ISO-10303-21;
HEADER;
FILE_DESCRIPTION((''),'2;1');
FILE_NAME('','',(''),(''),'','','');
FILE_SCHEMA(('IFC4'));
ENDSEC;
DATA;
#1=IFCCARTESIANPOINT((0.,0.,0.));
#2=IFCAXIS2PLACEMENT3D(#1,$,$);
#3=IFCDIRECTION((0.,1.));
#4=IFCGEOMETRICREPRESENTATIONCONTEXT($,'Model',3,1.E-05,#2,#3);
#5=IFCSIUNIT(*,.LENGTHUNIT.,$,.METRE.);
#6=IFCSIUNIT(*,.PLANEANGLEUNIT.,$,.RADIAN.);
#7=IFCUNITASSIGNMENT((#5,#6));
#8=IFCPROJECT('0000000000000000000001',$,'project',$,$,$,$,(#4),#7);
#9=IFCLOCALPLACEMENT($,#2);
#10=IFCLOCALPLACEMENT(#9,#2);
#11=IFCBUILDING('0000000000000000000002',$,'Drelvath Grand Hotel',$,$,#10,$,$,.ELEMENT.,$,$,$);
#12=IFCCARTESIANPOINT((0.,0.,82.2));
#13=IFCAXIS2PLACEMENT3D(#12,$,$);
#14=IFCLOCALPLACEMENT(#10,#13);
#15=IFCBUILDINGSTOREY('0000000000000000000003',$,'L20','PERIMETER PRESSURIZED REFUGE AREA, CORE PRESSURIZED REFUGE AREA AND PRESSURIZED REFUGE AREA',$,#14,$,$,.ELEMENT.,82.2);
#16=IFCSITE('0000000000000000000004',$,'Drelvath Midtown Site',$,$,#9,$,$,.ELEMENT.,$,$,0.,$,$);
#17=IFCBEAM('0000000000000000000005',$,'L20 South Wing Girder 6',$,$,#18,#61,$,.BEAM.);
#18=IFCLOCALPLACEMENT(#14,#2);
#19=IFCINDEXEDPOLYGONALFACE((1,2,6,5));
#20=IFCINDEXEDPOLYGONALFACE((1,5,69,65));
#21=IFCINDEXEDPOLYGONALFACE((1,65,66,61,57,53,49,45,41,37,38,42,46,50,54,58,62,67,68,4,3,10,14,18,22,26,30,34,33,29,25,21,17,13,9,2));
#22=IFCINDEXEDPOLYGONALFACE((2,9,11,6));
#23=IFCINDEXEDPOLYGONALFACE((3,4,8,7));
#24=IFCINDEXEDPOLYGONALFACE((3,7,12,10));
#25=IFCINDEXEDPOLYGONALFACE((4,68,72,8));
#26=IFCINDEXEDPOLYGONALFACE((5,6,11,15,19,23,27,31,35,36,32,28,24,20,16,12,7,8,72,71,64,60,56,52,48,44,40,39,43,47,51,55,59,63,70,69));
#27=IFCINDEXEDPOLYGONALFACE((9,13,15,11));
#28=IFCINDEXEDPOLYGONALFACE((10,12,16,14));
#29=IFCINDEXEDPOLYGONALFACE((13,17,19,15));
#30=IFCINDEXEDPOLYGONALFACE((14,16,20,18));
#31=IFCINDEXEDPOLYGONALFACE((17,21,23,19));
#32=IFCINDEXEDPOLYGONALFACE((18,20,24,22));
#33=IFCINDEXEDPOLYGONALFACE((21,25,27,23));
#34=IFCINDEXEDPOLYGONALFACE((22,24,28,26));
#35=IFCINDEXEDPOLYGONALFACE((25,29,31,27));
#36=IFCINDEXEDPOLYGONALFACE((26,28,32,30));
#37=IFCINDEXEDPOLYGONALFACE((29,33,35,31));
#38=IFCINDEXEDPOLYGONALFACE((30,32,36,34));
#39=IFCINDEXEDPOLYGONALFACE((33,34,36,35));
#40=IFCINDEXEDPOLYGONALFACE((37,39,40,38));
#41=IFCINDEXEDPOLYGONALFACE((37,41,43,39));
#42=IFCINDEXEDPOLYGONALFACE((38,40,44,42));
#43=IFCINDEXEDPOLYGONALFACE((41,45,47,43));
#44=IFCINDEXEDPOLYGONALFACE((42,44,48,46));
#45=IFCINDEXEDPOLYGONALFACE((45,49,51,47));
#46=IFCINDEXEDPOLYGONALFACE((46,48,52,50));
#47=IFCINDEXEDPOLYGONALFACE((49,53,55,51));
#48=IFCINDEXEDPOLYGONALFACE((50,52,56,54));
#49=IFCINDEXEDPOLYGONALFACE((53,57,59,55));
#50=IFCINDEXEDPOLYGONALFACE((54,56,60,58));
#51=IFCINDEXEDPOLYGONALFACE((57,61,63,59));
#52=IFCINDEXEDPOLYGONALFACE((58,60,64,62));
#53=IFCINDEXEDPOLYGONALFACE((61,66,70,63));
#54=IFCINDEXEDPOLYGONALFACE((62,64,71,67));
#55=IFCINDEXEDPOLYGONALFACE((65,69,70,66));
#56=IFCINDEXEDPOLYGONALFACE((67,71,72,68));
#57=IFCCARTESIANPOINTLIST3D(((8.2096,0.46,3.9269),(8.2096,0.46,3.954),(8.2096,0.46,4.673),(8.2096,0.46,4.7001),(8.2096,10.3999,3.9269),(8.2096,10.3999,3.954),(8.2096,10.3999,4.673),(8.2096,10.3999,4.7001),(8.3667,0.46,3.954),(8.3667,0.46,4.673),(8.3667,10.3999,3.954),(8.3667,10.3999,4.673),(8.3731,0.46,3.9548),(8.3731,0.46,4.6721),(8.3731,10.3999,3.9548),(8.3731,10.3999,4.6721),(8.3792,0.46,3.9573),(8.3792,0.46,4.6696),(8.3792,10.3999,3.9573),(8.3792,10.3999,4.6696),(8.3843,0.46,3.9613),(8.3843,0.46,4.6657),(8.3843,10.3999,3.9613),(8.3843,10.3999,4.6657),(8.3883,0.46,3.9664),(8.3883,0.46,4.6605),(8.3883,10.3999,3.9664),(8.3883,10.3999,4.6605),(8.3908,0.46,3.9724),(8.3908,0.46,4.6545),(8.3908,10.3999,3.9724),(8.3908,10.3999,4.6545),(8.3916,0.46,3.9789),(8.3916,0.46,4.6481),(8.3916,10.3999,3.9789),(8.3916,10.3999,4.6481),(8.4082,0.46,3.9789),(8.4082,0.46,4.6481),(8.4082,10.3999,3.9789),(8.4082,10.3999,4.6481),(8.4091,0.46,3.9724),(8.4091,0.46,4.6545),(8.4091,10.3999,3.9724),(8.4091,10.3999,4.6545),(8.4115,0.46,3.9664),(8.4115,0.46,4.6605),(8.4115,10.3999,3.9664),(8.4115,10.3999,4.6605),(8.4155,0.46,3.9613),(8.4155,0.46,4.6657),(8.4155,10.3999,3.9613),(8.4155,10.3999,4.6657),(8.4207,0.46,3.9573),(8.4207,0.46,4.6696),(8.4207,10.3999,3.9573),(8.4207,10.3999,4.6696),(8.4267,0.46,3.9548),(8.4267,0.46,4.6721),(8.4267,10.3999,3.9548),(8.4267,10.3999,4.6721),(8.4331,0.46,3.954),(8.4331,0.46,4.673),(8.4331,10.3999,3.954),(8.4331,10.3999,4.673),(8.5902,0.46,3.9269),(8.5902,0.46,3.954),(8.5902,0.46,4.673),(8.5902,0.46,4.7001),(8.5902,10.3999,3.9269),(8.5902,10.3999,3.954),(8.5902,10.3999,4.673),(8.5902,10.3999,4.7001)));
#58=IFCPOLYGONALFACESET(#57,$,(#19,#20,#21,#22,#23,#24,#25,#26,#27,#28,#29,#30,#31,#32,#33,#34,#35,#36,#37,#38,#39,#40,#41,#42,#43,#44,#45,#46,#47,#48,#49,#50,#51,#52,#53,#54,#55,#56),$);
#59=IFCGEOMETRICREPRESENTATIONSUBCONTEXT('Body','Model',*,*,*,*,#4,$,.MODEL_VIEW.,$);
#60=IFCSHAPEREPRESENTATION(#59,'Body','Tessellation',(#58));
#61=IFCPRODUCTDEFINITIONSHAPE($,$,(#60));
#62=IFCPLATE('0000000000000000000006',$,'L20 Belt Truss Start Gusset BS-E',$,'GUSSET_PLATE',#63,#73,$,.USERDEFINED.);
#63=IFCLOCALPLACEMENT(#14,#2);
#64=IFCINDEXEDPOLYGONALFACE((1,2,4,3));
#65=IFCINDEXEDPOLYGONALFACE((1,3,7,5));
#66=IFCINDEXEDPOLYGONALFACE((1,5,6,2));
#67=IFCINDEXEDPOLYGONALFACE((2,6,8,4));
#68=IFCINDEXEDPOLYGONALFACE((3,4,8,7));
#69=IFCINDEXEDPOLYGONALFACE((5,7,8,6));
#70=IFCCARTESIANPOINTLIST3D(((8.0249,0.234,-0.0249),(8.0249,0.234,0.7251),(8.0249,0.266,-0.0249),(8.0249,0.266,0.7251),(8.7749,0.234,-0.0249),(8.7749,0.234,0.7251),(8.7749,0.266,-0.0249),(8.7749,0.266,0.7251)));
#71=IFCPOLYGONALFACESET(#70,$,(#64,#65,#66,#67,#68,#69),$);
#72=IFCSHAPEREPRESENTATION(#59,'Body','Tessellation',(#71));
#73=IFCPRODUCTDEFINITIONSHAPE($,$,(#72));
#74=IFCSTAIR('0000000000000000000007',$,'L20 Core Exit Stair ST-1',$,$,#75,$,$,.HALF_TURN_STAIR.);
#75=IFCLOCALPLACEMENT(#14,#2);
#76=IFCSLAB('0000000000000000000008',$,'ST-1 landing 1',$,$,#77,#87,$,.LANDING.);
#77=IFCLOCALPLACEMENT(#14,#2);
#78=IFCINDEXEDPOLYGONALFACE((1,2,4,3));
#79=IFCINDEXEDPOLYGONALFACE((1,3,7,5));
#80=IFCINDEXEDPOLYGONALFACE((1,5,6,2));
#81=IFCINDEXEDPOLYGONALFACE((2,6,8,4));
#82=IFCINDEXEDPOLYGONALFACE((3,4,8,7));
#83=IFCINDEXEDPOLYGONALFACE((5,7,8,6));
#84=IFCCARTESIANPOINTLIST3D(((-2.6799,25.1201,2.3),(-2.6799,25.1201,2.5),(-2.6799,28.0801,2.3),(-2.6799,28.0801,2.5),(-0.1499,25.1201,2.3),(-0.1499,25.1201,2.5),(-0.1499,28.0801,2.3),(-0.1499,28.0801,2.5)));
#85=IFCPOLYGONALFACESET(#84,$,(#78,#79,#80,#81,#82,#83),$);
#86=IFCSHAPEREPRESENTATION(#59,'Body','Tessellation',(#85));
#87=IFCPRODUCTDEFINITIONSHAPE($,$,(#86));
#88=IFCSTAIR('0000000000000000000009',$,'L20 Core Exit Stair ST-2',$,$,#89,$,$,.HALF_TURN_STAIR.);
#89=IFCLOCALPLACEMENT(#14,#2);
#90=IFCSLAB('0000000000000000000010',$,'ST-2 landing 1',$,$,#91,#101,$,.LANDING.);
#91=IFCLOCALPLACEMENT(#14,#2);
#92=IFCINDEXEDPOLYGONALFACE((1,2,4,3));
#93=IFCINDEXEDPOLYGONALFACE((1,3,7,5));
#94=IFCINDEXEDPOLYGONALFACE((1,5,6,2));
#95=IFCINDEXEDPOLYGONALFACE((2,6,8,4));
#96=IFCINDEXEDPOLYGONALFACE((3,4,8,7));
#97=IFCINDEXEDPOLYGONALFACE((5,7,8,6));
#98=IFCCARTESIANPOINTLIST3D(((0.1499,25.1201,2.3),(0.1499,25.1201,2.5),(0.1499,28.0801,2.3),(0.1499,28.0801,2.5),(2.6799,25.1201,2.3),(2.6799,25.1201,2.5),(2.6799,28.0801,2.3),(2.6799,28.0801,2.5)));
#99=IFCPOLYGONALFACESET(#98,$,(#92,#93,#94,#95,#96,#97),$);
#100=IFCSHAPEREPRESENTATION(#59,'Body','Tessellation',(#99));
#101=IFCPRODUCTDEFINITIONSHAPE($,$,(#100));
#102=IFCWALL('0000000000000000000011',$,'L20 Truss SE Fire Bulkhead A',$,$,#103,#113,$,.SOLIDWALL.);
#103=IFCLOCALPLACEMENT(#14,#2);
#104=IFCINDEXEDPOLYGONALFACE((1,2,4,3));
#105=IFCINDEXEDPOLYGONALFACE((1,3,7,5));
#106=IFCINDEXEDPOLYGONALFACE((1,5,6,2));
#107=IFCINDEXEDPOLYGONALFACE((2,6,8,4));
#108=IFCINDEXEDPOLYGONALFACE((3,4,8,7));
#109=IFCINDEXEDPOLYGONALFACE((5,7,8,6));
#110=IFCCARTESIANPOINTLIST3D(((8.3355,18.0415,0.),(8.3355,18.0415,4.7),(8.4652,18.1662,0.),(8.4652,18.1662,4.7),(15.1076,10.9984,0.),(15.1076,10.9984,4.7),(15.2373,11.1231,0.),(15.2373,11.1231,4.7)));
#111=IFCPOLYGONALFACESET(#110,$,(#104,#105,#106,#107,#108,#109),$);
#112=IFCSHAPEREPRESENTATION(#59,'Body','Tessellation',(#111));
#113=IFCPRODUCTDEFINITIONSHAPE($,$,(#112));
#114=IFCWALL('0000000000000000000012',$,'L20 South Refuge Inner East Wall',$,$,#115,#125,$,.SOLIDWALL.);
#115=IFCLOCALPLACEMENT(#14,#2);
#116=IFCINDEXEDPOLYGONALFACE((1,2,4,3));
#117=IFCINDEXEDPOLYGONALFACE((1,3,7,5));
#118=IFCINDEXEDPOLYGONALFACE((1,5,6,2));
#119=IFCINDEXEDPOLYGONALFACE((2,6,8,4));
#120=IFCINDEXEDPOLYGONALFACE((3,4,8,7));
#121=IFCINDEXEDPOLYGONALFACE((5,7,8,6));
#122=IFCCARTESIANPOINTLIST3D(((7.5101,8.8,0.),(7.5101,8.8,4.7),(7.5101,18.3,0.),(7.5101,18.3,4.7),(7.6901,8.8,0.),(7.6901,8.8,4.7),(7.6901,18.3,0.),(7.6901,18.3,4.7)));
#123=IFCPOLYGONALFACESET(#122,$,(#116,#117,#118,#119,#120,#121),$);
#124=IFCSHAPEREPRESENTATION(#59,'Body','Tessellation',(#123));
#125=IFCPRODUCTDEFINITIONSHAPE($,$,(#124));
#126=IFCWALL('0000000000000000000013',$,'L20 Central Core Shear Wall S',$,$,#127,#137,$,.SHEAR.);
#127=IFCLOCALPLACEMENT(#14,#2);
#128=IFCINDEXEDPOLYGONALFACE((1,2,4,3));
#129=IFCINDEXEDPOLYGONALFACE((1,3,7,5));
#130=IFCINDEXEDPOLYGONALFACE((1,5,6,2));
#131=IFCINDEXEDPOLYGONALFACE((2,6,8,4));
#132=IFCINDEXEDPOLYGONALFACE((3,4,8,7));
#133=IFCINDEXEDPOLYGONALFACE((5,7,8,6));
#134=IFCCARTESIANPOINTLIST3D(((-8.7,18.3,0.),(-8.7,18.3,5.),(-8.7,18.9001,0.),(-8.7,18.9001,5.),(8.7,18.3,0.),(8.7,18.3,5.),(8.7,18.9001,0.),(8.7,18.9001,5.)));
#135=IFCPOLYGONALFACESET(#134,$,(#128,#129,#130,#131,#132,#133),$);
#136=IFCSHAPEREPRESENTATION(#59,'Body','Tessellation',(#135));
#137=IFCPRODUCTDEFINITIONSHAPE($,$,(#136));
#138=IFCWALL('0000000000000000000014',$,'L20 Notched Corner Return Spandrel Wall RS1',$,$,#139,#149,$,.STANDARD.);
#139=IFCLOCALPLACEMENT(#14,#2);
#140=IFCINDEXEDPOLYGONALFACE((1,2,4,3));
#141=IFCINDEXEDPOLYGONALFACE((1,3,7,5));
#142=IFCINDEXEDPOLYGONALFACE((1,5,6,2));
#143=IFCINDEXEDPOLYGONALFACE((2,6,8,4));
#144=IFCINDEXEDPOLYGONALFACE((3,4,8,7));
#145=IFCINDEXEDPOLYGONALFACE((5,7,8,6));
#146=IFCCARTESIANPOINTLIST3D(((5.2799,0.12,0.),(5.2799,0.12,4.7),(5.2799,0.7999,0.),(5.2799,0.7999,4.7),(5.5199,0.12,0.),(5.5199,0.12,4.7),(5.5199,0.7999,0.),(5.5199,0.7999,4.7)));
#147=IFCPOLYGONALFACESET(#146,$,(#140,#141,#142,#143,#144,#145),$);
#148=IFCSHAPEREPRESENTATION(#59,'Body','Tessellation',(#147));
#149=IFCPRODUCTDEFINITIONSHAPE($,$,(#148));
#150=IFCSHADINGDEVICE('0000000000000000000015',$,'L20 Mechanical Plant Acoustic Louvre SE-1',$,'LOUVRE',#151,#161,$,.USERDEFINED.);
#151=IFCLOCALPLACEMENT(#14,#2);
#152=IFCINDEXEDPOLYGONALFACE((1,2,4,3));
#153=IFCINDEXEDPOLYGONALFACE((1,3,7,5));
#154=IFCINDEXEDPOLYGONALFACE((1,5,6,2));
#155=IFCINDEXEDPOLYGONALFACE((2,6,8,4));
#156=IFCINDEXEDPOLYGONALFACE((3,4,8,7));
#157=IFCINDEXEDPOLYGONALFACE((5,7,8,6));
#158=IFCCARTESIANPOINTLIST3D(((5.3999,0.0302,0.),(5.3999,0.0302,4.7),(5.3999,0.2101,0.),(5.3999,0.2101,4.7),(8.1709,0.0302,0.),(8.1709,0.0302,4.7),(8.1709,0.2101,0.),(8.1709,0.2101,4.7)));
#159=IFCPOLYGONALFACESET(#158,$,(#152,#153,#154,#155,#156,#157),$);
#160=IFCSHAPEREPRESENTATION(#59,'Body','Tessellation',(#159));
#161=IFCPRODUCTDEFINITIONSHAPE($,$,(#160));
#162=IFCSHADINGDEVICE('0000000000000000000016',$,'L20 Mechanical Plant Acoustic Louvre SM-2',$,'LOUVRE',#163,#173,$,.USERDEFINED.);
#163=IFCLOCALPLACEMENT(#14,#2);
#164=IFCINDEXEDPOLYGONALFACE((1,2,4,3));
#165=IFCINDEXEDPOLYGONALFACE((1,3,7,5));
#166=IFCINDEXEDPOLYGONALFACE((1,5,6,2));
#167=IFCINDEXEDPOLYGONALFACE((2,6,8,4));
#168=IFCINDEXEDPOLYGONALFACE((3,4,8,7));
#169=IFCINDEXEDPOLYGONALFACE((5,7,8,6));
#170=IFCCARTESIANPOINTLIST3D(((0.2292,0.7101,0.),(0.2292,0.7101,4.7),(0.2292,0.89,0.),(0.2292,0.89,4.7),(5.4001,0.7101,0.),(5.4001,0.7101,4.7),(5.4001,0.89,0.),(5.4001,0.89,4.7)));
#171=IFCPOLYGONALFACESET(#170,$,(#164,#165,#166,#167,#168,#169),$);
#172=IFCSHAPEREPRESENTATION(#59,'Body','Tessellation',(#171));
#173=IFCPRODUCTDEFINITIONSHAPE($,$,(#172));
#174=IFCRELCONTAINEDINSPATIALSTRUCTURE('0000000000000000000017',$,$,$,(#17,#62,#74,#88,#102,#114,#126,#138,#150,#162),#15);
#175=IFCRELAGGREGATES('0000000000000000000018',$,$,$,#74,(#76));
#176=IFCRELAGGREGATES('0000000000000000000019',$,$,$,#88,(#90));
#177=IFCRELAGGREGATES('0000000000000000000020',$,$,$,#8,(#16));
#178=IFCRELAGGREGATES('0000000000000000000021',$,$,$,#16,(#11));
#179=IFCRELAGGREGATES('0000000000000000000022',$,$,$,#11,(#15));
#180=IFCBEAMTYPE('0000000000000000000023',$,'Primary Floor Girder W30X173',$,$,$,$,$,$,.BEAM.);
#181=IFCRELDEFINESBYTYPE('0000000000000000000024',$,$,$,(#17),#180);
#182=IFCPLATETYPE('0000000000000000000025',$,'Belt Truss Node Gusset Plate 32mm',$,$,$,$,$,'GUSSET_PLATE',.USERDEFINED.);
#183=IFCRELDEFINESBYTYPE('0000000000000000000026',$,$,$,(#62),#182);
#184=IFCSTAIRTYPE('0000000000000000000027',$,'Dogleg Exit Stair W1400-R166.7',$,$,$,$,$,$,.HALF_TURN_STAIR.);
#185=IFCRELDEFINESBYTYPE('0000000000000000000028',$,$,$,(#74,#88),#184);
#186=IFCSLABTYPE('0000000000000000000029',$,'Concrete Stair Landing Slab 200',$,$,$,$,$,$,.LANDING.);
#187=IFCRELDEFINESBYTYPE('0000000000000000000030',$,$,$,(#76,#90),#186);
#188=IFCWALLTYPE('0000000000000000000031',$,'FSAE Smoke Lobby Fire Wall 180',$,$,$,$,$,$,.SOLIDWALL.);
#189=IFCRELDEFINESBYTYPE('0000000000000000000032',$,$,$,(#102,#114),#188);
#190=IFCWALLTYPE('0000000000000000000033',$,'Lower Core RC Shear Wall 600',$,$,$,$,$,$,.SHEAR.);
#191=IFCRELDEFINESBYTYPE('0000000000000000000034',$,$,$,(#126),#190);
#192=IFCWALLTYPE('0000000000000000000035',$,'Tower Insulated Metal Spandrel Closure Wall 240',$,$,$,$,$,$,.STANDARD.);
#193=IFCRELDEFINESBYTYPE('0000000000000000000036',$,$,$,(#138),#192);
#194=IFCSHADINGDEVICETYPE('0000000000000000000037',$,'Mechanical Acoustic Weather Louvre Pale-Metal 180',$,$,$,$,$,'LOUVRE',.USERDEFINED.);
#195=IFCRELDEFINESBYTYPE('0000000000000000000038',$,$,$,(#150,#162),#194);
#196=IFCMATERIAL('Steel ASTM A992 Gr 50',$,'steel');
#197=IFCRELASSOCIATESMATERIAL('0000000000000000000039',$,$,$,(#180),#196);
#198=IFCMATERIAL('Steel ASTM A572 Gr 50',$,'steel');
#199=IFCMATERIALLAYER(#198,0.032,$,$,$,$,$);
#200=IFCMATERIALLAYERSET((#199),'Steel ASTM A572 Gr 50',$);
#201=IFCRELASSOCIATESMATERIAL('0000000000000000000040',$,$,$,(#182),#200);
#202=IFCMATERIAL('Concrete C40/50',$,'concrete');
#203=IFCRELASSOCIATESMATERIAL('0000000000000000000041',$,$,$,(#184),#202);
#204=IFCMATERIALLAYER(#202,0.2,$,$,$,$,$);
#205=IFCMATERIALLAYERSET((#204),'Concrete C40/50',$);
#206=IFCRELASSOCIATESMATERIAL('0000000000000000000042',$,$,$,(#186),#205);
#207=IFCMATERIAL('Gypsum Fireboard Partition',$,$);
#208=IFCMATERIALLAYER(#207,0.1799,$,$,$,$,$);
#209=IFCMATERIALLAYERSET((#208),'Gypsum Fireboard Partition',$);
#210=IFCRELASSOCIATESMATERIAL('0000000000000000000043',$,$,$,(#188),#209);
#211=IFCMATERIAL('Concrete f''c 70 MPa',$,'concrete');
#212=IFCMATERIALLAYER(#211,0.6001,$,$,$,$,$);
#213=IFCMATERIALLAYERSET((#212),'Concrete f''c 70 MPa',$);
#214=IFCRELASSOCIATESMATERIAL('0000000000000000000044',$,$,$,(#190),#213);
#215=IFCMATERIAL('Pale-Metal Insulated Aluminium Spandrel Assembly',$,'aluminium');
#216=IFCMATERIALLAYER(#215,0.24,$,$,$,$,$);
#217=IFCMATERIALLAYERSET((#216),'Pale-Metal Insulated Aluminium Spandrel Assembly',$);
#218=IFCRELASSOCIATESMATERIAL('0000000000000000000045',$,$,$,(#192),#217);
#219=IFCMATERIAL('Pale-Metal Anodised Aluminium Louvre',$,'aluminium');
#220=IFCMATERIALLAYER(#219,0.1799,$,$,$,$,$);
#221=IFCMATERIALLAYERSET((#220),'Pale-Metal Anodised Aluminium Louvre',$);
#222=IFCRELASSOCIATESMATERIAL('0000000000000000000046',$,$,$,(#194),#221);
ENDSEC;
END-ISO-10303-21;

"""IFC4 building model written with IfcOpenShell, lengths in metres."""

from ifc_helpers import new_model, si_unit, direction, frame, frame_2d, origin, origin_2d, place, context, subcontext, project, spatial, polyline, rectangle, i_section, outline, extrude, material, layer, layer_set, material_profile, profile_set, type_object, element, aggregate, save


model = new_model("IFC4")

# Units and contexts
model_context = context("Model", 3, precision=1e-05, world=origin(), true_north=direction((0.0, 1.0)))
body_context = subcontext(model_context, "Body", "Model", "MODEL_VIEW")
ifc_project = project(units=[si_unit("LENGTHUNIT", "METRE"), si_unit("PLANEANGLEUNIT", "RADIAN")], contexts=[model_context])

# Site, building, storey
site_placement = place(None, origin())
site = spatial("IfcSite", under=ifc_project, at=site_placement, Name="Drelvath Midtown Site", CompositionType="ELEMENT", RefElevation=0.0)
building_placement = place(site_placement, origin())
building = spatial("IfcBuilding", under=site, at=building_placement, Name="Drelvath Grand Hotel", CompositionType="ELEMENT")
storey_placement = place(building_placement, frame((0.0, 0.0, 82.2)))
storey = spatial("IfcBuildingStorey", under=building, at=storey_placement, Name="L20", Description="PERIMETER PRESSURIZED REFUGE AREA, CORE PRESSURIZED REFUGE AREA AND PRESSURIZED REFUGE AREA", CompositionType="ELEMENT", Elevation=82.2)

# Beam
ifc_material_1 = material(Name="Steel ASTM A992 Gr 50", Category="steel")
ifc_material_profile_1 = material_profile(ifc_material_1, i_section(OverallWidth=0.3806, OverallDepth=0.7732, WebThickness=0.0166, FlangeThickness=0.0271, FilletRadius=0.0249, at=origin_2d()), Name="W30X173")
ifc_profile_set_1 = profile_set([ifc_material_profile_1], Name="Steel ASTM A992 Gr 50")
beam_type_1 = type_object("IfcBeamType", Name="Primary Floor Girder W30X173", PredefinedType="BEAM", material=ifc_profile_set_1)
beam_1_placement = place(storey_placement, frame((8.3999, 0.46, 4.3135), z_axis=(0.0, 1.0, 0.0), x_axis=(-1.0, 0.0, 0.0)))
element("IfcBeam", 1, at=beam_1_placement, inside=storey, type_object=beam_type_1, Name="L20 South Wing Girder 6", PredefinedType="BEAM", context=body_context, shape_type="SweptSolid", body=[
    extrude(i_section(OverallWidth=0.3806, OverallDepth=0.7732, WebThickness=0.0166, FlangeThickness=0.0271, FilletRadius=0.0249, at=origin_2d()), origin(), (0.0, 0.0, 1.0), 9.9399),
])

# Plate
ifc_material_2 = material(Name="Steel ASTM A572 Gr 50", Category="steel")
ifc_layer_1 = layer(ifc_material_2, 0.032)
ifc_layer_set_1 = layer_set([ifc_layer_1], Name="Steel ASTM A572 Gr 50")
plate_type = type_object("IfcPlateType", Name="Belt Truss Node Gusset Plate 32mm", ElementType="GUSSET_PLATE", PredefinedType="USERDEFINED", material=ifc_layer_set_1)
plate_placement = place(storey_placement, frame((8.3999, 0.25, -0.0249), z_axis=(0.0, 0.0, 1.0), x_axis=(1.0, 0.0, 0.0)))
element("IfcPlate", 2, at=plate_placement, inside=storey, type_object=plate_type, Name="L20 Belt Truss Start Gusset BS-E", ObjectType="GUSSET_PLATE", PredefinedType="USERDEFINED", context=body_context, shape_type="SweptSolid", body=[
    extrude(rectangle(XDim=0.75, YDim=0.032, at=origin_2d()), origin(), (0.0, 0.0, 1.0), 0.75),
])

# Stairs, slabs
ifc_material_3 = material(Name="Concrete C40/50", Category="concrete")
stair_type = type_object("IfcStairType", Name="Dogleg Exit Stair W1400-R166.7", PredefinedType="HALF_TURN_STAIR", material=ifc_material_3)
stair_1_placement = place(storey_placement, origin())
stair_1 = element("IfcStair", 3, at=stair_1_placement, inside=storey, type_object=stair_type, Name="L20 Core Exit Stair ST-1", PredefinedType="HALF_TURN_STAIR")
ifc_layer_2 = layer(ifc_material_3, 0.2)
ifc_layer_set_2 = layer_set([ifc_layer_2], Name="Concrete C40/50")
slab_type = type_object("IfcSlabType", Name="Concrete Stair Landing Slab 200", PredefinedType="LANDING", material=ifc_layer_set_2)
slab_1_placement = place(storey_placement, frame((0.0, 0.0, 2.3)))
slab_1 = element("IfcSlab", 4, at=slab_1_placement, type_object=slab_type, Name="ST-1 landing 1", PredefinedType="LANDING", context=body_context, shape_type="SweptSolid", body=[
    extrude(outline(polyline([(-2.6799, 25.1201), (-0.1499, 25.1201), (-0.1499, 28.0801), (-2.6799, 28.0801), (-2.6799, 25.1201)])), origin(), (0.0, 0.0, 1.0), 0.2),
])
aggregate(stair_1, [slab_1])
stair_2_placement = place(storey_placement, origin())
stair_2 = element("IfcStair", 5, at=stair_2_placement, inside=storey, type_object=stair_type, Name="L20 Core Exit Stair ST-2", PredefinedType="HALF_TURN_STAIR")
slab_2_placement = place(storey_placement, frame((0.0, 0.0, 2.3)))
slab_2 = element("IfcSlab", 6, at=slab_2_placement, type_object=slab_type, Name="ST-2 landing 1", PredefinedType="LANDING", context=body_context, shape_type="SweptSolid", body=[
    extrude(outline(polyline([(2.6799, 28.0801), (0.1499, 28.0801), (0.1499, 25.1201), (2.6799, 25.1201), (2.6799, 28.0801)])), origin(), (0.0, 0.0, 1.0), 0.2),
])
aggregate(stair_2, [slab_2])

# Walls
ifc_material_4 = material(Name="Gypsum Fireboard Partition")
ifc_layer_3 = layer(ifc_material_4, 0.1799)
ifc_layer_set_3 = layer_set([ifc_layer_3], Name="Gypsum Fireboard Partition")
wall_type_1 = type_object("IfcWallType", Name="FSAE Smoke Lobby Fire Wall 180", PredefinedType="SOLIDWALL", material=ifc_layer_set_3)
wall_1_placement = place(storey_placement, frame((8.4004, 18.1038, 0.0), z_axis=(0.0, 0.0, 1.0), x_axis=(0.693103, -0.720838, 0.0)))
element("IfcWall", 7, at=wall_1_placement, inside=storey, type_object=wall_type_1, Name="L20 Truss SE Fire Bulkhead A", PredefinedType="SOLIDWALL", context=body_context, shape_type="SweptSolid", body=[
    extrude(rectangle(XDim=9.7708, YDim=0.1799, at=frame_2d((4.8853, 0.0))), origin(), (0.0, 0.0, 1.0), 4.7),
])
wall_2_placement = place(storey_placement, frame((7.6001, 8.8, 0.0), z_axis=(0.0, 0.0, 1.0), x_axis=(0.0, 1.0, 0.0)))
element("IfcWall", 8, at=wall_2_placement, inside=storey, type_object=wall_type_1, Name="L20 South Refuge Inner East Wall", PredefinedType="SOLIDWALL", context=body_context, shape_type="SweptSolid", body=[
    extrude(rectangle(XDim=9.5, YDim=0.1799, at=frame_2d((4.75, 0.0))), origin(), (0.0, 0.0, 1.0), 4.7),
])
ifc_material_5 = material(Name="Concrete f'c 70 MPa", Category="concrete")
ifc_layer_4 = layer(ifc_material_5, 0.6001)
ifc_layer_set_4 = layer_set([ifc_layer_4], Name="Concrete f'c 70 MPa")
wall_type_2 = type_object("IfcWallType", Name="Lower Core RC Shear Wall 600", PredefinedType="SHEAR", material=ifc_layer_set_4)
wall_3_placement = place(storey_placement, frame((8.7, 18.6001, 0.0), z_axis=(0.0, 0.0, 1.0), x_axis=(-1.0, 0.0, 0.0)))
element("IfcWall", 9, at=wall_3_placement, inside=storey, type_object=wall_type_2, Name="L20 Central Core Shear Wall S", PredefinedType="SHEAR", context=body_context, shape_type="SweptSolid", body=[
    extrude(rectangle(XDim=17.3999, YDim=0.6001, at=frame_2d((8.7, 0.0))), origin(), (0.0, 0.0, 1.0), 5.0),
])
ifc_material_6 = material(Name="Pale-Metal Insulated Aluminium Spandrel Assembly", Category="aluminium")
ifc_layer_5 = layer(ifc_material_6, 0.24)
ifc_layer_set_5 = layer_set([ifc_layer_5], Name="Pale-Metal Insulated Aluminium Spandrel Assembly")
wall_type_3 = type_object("IfcWallType", Name="Tower Insulated Metal Spandrel Closure Wall 240", PredefinedType="STANDARD", material=ifc_layer_set_5)
wall_4_placement = place(storey_placement, frame((5.3999, 0.1201, 0.0), z_axis=(0.0, 0.0, 1.0), x_axis=(0.0, 1.0, 0.0)))
element("IfcWall", 10, at=wall_4_placement, inside=storey, type_object=wall_type_3, Name="L20 Notched Corner Return Spandrel Wall RS1", PredefinedType="STANDARD", context=body_context, shape_type="SweptSolid", body=[
    extrude(rectangle(XDim=0.6799, YDim=0.24, at=frame_2d((0.3398, 0.0))), origin(), (0.0, 0.0, 1.0), 4.7),
])

# Shading devices
ifc_material_7 = material(Name="Pale-Metal Anodised Aluminium Louvre", Category="aluminium")
ifc_layer_6 = layer(ifc_material_7, 0.1799)
ifc_layer_set_6 = layer_set([ifc_layer_6], Name="Pale-Metal Anodised Aluminium Louvre")
shading_device_type = type_object("IfcShadingDeviceType", Name="Mechanical Acoustic Weather Louvre Pale-Metal 180", ElementType="LOUVRE", PredefinedType="USERDEFINED", material=ifc_layer_set_6)
shading_device_1_placement = place(storey_placement, frame((6.7854, 0.1201, 0.0), z_axis=(0.0, 0.0, 1.0), x_axis=(1.0, 0.0, 0.0)))
element("IfcShadingDevice", 11, at=shading_device_1_placement, inside=storey, type_object=shading_device_type, Name="L20 Mechanical Plant Acoustic Louvre SE-1", ObjectType="LOUVRE", PredefinedType="USERDEFINED", context=body_context, shape_type="SweptSolid", body=[
    extrude(rectangle(XDim=2.771, YDim=0.1799, at=origin_2d()), origin(), (0.0, 0.0, 1.0), 4.7),
])
shading_device_2_placement = place(storey_placement, frame((2.8147, 0.8, 0.0), z_axis=(0.0, 0.0, 1.0), x_axis=(1.0, 0.0, 0.0)))
element("IfcShadingDevice", 12, at=shading_device_2_placement, inside=storey, type_object=shading_device_type, Name="L20 Mechanical Plant Acoustic Louvre SM-2", ObjectType="LOUVRE", PredefinedType="USERDEFINED", context=body_context, shape_type="SweptSolid", body=[
    extrude(rectangle(XDim=5.1709, YDim=0.1799, at=origin_2d()), origin(), (0.0, 0.0, 1.0), 4.7),
])

save(model, "model.ifc")
